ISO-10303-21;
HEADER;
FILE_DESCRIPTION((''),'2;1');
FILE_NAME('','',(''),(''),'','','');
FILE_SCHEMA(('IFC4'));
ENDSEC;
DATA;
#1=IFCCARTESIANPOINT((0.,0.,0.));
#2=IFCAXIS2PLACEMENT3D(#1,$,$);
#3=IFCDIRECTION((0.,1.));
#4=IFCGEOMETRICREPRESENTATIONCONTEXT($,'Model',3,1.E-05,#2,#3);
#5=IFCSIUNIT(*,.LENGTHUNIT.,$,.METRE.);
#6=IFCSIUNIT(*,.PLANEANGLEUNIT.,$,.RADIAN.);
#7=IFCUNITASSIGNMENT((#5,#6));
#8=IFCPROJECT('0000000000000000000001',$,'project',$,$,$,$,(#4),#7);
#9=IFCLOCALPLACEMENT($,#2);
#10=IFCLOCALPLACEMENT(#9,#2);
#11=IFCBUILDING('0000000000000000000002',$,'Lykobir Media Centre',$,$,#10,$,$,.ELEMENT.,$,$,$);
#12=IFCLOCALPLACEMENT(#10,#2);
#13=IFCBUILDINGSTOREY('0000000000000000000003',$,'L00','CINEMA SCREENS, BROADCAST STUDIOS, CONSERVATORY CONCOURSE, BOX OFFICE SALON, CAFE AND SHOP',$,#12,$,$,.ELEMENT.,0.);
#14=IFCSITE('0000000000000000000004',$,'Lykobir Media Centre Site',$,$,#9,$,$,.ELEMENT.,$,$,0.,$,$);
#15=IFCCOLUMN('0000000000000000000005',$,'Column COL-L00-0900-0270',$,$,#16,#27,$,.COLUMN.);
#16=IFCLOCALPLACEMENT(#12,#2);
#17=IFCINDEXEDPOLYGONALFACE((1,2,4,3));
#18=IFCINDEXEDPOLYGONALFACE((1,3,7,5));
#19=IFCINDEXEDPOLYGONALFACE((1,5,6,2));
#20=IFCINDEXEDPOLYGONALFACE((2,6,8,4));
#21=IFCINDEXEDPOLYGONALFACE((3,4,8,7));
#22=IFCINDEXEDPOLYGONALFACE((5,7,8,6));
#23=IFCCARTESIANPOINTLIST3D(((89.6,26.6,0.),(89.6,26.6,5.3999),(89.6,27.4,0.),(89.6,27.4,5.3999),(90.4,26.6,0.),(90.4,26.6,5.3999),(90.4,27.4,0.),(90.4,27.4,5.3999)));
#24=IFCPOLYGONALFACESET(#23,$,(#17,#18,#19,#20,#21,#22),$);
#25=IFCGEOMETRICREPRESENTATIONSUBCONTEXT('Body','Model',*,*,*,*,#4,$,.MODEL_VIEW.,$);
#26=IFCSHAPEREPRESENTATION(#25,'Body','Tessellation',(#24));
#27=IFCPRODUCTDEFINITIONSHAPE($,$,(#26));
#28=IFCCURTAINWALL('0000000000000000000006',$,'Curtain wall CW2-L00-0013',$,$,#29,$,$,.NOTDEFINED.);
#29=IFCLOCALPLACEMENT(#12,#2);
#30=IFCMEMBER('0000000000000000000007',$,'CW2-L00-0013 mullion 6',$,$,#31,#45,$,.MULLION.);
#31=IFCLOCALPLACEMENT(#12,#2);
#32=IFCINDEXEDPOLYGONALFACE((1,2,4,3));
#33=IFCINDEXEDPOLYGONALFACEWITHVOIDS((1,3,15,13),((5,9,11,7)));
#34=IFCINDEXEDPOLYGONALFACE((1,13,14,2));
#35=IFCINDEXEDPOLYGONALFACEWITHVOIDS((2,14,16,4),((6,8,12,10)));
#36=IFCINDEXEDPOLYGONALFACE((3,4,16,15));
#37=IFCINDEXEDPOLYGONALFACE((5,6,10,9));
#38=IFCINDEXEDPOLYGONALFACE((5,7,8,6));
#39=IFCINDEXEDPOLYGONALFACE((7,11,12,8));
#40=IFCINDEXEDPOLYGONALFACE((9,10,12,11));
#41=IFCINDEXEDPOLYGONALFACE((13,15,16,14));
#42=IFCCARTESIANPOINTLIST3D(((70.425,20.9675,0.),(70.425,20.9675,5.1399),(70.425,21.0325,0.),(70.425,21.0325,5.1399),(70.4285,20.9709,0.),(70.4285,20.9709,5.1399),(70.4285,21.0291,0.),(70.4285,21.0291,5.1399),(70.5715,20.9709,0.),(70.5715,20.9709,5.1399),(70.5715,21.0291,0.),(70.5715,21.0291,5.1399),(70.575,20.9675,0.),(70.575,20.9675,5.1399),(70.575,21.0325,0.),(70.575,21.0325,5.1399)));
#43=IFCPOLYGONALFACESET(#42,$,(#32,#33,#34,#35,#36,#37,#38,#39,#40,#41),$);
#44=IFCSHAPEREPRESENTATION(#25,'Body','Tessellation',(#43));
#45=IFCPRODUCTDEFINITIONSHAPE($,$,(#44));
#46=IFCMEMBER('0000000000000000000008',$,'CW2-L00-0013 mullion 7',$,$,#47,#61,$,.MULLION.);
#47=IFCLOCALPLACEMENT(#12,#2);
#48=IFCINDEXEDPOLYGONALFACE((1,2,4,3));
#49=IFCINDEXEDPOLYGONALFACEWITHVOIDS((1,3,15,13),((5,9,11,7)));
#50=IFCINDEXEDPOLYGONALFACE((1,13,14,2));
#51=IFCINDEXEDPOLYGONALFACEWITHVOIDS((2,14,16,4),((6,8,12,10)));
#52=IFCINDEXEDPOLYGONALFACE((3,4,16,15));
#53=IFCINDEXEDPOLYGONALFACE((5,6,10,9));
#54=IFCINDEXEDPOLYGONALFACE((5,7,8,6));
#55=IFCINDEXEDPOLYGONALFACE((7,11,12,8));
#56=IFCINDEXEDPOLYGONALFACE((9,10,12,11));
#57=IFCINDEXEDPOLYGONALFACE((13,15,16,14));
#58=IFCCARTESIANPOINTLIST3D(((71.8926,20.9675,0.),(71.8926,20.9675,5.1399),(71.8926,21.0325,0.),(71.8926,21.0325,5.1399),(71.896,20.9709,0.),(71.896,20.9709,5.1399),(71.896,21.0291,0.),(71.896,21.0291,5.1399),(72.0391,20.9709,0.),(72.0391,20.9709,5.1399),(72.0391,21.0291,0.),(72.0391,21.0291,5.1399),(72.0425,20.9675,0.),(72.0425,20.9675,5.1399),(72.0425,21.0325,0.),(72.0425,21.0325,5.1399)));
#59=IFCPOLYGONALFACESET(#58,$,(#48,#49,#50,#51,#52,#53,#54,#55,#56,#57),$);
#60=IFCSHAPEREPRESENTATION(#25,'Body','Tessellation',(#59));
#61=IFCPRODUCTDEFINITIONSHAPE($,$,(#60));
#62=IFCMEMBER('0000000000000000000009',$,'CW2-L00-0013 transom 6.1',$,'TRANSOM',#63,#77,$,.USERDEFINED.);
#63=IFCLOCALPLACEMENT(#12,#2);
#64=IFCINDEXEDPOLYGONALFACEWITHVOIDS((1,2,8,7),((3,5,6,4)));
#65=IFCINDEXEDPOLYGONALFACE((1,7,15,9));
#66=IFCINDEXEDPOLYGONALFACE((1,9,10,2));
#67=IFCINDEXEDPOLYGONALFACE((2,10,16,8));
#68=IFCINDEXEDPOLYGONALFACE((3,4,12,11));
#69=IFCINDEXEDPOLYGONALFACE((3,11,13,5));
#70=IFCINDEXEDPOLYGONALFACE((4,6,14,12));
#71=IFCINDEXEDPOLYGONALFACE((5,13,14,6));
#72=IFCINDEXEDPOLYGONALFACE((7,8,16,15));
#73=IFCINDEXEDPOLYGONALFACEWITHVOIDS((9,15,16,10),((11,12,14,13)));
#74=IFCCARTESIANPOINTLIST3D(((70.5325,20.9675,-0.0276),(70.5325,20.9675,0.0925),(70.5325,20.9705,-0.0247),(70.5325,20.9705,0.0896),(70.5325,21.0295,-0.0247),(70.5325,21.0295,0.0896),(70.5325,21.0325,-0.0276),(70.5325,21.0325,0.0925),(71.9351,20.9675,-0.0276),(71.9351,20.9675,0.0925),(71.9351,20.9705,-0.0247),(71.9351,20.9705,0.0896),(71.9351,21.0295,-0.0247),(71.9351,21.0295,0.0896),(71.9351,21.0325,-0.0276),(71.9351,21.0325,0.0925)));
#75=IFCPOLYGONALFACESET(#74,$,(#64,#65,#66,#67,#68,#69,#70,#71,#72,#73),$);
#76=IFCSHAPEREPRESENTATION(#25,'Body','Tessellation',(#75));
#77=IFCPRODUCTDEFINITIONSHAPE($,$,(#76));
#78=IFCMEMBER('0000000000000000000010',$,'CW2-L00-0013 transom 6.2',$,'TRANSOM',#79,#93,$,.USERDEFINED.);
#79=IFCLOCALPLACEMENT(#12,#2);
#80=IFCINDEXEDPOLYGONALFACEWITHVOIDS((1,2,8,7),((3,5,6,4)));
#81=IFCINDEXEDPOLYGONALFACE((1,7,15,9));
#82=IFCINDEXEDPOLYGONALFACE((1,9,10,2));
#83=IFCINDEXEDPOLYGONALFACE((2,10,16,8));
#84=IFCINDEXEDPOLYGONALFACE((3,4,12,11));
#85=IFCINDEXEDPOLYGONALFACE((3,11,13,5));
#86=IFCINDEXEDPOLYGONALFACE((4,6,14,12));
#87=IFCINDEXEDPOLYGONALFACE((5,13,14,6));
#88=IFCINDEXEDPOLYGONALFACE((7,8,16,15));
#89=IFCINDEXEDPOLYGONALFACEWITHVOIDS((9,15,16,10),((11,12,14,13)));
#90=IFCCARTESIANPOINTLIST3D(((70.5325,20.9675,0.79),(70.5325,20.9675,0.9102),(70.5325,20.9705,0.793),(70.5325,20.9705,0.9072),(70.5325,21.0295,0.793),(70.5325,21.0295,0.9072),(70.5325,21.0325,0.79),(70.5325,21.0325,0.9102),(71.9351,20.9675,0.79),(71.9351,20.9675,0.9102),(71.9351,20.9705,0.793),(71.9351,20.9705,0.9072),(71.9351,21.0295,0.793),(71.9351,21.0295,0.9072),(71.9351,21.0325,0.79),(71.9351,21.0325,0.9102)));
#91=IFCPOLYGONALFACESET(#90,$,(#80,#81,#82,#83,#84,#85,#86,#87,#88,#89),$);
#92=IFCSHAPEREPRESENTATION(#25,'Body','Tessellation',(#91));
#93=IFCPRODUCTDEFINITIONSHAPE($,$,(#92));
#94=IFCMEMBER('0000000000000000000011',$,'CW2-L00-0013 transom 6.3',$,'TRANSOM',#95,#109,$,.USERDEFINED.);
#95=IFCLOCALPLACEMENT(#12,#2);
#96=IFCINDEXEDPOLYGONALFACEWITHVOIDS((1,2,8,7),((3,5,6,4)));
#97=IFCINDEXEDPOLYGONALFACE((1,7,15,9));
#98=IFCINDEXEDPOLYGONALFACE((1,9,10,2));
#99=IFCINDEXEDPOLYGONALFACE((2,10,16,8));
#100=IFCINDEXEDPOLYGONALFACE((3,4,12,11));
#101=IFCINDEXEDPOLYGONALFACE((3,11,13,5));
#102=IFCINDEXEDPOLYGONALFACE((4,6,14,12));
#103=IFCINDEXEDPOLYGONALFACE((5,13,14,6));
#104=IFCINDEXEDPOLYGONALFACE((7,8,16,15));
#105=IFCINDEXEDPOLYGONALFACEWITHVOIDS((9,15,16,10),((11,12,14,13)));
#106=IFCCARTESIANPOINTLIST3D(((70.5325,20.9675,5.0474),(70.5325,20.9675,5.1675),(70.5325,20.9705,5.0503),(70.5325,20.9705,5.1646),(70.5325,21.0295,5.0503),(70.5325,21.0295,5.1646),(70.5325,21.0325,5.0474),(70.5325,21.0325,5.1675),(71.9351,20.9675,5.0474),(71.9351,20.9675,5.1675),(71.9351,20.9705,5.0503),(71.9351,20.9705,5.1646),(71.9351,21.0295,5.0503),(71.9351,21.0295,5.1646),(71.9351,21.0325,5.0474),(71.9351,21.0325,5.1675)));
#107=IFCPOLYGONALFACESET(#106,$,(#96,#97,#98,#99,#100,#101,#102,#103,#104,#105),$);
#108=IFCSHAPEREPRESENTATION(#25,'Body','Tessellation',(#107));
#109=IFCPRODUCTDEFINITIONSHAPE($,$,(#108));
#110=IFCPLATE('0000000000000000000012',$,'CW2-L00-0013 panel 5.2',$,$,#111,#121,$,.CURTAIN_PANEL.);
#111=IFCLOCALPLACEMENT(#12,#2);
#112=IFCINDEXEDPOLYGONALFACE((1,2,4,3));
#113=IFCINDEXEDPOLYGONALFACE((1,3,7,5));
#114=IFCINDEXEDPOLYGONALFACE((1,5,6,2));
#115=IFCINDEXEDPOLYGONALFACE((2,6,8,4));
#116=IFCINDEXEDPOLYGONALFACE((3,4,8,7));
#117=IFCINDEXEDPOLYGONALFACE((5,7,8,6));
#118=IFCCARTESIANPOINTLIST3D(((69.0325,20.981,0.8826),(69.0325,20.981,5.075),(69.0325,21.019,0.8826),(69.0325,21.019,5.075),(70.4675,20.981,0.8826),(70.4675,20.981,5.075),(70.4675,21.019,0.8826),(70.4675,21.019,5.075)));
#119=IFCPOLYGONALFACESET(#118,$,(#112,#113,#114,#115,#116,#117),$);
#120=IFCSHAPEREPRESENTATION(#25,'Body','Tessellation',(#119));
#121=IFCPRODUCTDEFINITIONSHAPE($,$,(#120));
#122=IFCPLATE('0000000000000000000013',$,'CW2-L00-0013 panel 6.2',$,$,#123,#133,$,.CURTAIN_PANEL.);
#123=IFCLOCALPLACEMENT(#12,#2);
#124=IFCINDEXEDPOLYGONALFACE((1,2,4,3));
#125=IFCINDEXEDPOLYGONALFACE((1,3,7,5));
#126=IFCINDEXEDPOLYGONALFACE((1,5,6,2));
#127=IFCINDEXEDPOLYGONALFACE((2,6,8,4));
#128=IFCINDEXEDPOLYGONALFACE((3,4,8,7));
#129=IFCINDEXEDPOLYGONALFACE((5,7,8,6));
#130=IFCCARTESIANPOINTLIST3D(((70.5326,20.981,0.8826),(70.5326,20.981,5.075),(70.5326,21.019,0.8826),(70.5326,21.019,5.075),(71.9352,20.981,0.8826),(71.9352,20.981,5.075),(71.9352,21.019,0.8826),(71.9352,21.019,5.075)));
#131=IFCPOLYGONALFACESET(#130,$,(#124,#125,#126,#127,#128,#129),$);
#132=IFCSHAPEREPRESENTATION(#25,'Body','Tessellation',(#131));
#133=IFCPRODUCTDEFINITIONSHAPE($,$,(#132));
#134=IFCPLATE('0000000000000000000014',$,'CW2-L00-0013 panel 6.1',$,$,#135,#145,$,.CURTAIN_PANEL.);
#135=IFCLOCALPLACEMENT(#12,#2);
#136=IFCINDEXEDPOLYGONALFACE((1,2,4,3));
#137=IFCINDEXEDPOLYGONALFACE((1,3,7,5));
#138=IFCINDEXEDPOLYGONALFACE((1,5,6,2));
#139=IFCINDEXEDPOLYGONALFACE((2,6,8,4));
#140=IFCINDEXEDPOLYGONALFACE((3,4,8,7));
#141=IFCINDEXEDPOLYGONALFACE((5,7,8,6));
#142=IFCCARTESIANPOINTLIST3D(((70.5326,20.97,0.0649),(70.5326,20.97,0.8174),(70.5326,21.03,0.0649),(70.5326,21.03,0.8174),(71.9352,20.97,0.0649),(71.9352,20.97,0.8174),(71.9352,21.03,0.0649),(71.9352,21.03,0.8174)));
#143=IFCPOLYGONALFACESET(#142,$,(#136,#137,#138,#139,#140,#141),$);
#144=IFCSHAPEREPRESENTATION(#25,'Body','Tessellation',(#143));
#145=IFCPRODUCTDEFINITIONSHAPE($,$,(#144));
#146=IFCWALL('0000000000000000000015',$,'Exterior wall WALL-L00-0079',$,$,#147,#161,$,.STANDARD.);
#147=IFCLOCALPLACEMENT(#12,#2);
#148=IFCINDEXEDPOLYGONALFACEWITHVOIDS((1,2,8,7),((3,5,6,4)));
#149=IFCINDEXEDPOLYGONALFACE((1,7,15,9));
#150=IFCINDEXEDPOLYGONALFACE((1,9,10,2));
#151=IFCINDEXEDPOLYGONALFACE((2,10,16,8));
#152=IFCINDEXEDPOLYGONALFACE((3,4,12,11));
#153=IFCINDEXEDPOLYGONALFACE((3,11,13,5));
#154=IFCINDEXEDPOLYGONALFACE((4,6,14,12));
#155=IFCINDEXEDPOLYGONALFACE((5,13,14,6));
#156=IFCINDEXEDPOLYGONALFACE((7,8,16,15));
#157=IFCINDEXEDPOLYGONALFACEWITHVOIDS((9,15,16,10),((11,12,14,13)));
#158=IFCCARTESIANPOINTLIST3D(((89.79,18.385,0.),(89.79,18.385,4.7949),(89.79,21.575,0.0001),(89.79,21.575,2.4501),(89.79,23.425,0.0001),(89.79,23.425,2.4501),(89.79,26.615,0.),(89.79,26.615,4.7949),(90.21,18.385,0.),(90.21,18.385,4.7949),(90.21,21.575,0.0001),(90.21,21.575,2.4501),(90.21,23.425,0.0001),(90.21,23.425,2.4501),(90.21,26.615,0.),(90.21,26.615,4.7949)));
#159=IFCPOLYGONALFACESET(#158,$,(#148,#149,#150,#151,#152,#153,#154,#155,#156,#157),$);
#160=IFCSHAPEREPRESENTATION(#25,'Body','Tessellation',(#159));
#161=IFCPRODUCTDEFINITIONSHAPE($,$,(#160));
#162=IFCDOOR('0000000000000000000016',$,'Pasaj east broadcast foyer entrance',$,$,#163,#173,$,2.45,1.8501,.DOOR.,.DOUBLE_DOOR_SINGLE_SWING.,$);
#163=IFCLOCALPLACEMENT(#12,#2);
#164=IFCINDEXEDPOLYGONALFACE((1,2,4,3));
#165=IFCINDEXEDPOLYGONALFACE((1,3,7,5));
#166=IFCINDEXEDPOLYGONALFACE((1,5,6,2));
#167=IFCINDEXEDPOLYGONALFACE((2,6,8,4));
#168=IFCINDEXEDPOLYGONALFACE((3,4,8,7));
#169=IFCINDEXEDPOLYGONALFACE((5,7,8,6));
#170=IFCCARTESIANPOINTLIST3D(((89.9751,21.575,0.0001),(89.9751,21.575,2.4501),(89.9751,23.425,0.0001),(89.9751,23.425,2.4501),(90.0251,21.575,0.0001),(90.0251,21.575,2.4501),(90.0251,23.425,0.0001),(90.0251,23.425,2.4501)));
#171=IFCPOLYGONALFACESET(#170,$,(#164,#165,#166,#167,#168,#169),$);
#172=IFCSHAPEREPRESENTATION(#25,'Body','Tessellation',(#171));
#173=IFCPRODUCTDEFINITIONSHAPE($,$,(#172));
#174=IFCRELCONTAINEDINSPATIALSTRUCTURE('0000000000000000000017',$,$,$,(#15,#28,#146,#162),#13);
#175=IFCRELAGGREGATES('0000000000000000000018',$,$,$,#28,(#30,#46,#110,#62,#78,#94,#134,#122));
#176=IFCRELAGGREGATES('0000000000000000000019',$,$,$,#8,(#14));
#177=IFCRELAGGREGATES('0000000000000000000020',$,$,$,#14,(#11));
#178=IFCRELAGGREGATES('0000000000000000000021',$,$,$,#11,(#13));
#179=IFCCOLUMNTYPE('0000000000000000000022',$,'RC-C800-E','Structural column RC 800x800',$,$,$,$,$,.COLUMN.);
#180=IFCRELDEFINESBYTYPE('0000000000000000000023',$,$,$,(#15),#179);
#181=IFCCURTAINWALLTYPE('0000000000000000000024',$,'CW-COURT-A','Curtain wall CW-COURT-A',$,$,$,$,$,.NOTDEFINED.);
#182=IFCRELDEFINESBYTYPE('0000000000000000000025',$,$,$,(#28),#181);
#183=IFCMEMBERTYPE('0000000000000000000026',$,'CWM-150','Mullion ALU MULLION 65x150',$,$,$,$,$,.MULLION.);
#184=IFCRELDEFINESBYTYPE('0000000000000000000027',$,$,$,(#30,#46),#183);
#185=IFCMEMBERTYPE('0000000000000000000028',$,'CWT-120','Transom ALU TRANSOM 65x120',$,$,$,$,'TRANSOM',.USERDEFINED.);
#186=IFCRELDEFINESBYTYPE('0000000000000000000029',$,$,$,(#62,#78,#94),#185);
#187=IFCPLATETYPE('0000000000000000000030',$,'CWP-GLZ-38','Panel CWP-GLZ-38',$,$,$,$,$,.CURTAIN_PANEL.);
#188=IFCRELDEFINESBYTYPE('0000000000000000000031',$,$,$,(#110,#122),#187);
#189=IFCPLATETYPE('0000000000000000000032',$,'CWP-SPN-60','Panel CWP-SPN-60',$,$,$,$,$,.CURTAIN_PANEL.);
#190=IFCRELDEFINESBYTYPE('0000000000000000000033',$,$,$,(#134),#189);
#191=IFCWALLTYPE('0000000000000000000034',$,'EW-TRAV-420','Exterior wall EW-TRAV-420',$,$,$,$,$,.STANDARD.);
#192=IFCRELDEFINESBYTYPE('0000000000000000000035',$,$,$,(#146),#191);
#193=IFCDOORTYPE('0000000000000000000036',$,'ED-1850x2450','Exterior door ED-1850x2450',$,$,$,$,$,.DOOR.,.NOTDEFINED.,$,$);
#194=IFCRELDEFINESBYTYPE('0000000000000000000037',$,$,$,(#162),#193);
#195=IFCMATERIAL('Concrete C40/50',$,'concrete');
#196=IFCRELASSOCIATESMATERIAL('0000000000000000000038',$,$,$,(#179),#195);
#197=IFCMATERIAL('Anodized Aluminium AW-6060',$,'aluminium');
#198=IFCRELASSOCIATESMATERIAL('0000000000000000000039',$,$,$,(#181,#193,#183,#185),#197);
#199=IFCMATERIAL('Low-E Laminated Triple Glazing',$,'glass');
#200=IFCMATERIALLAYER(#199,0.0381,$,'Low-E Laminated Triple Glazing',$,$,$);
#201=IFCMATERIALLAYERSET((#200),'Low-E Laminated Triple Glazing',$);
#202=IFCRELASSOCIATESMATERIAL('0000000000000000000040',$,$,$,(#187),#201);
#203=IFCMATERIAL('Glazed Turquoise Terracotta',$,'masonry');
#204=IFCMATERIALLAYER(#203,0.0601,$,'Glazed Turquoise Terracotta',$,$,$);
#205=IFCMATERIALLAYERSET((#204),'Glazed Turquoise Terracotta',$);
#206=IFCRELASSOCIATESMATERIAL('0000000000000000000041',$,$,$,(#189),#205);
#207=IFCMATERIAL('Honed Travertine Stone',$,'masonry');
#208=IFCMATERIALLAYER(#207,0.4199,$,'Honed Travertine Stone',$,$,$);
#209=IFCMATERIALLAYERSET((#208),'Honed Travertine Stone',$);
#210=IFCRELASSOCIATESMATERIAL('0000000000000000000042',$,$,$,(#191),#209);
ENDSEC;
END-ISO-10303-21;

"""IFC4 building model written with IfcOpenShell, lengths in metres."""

from ifc_helpers import new_model, si_unit, direction, frame, frame_2d, origin, origin_2d, place, context, subcontext, project, spatial, rectangle, hollow_rectangle, extrude, material, layer, layer_set, material_profile, profile_set, type_object, element, fill, aggregate, save


model = new_model("IFC4")

# Units and contexts
model_context = context("Model", 3, precision=1e-05, world=origin(), true_north=direction((0.0, 1.0)))
body_context = subcontext(model_context, "Body", "Model", "MODEL_VIEW")
ifc_project = project(units=[si_unit("LENGTHUNIT", "METRE"), si_unit("PLANEANGLEUNIT", "RADIAN")], contexts=[model_context])

# Site, building, storey
site_placement = place(None, origin())
site = spatial("IfcSite", under=ifc_project, at=site_placement, Name="Lykobir Media Centre Site", CompositionType="ELEMENT", RefElevation=0.0)
building_placement = place(site_placement, origin())
building = spatial("IfcBuilding", under=site, at=building_placement, Name="Lykobir Media Centre", CompositionType="ELEMENT")
storey_placement = place(building_placement, origin())
storey = spatial("IfcBuildingStorey", under=building, at=storey_placement, Name="L00", Description="CINEMA SCREENS, BROADCAST STUDIOS, CONSERVATORY CONCOURSE, BOX OFFICE SALON, CAFE AND SHOP", CompositionType="ELEMENT", Elevation=0.0)

# Column
ifc_material_1 = material(Name="Concrete C40/50", Category="concrete")
ifc_material_profile_1 = material_profile(ifc_material_1, rectangle(XDim=0.8, YDim=0.8, at=origin_2d()), Name="RC 800x800")
ifc_profile_set_1 = profile_set([ifc_material_profile_1], Name="Concrete C40/50")
column_type = type_object("IfcColumnType", Name="RC-C800-E", Description="Structural column RC 800x800", PredefinedType="COLUMN", material=ifc_profile_set_1)
column_placement = place(storey_placement, frame((90.0, 27.0, 0.0), z_axis=(0.0, 0.0, 1.0), x_axis=(1.0, 0.0, 0.0)))
element("IfcColumn", 1, at=column_placement, inside=storey, type_object=column_type, Name="Column COL-L00-0900-0270", PredefinedType="COLUMN", context=body_context, shape_type="SweptSolid", body=[
    extrude(rectangle(XDim=0.8, YDim=0.8, at=origin_2d()), origin(), (0.0, 0.0, 1.0), 5.3999),
])

# Curtain wall, members, plates
ifc_material_2 = material(Name="Anodized Aluminium AW-6060", Category="aluminium")
curtain_wall_type = type_object("IfcCurtainWallType", Name="CW-COURT-A", Description="Curtain wall CW-COURT-A", PredefinedType="NOTDEFINED", material=ifc_material_2)
curtain_wall_placement = place(storey_placement, origin())
curtain_wall = element("IfcCurtainWall", 2, at=curtain_wall_placement, inside=storey, type_object=curtain_wall_type, Name="Curtain wall CW2-L00-0013", PredefinedType="NOTDEFINED")
ifc_material_profile_2 = material_profile(ifc_material_2, hollow_rectangle(XDim=0.0649, YDim=0.1499, WallThickness=0.0034, at=origin_2d()), Name="ALU MULLION 65x150")
ifc_profile_set_2 = profile_set([ifc_material_profile_2], Name="Anodized Aluminium AW-6060")
member_type_1 = type_object("IfcMemberType", Name="CWM-150", Description="Mullion ALU MULLION 65x150", PredefinedType="MULLION", material=ifc_profile_set_2)
member_1_placement = place(storey_placement, frame((70.5, 21.0, 0.0), z_axis=(0.0, 0.0, 1.0), x_axis=(0.0, 1.0, 0.0)))
member_1 = element("IfcMember", 3, at=member_1_placement, type_object=member_type_1, Name="CW2-L00-0013 mullion 6", PredefinedType="MULLION", context=body_context, shape_type="SweptSolid", body=[
    extrude(hollow_rectangle(XDim=0.0649, YDim=0.1499, WallThickness=0.0034, at=origin_2d()), origin(), (0.0, 0.0, 1.0), 5.1399),
])
member_2_placement = place(storey_placement, frame((71.9675, 21.0, 0.0), z_axis=(0.0, 0.0, 1.0), x_axis=(0.0, 1.0, 0.0)))
member_2 = element("IfcMember", 4, at=member_2_placement, type_object=member_type_1, Name="CW2-L00-0013 mullion 7", PredefinedType="MULLION", context=body_context, shape_type="SweptSolid", body=[
    extrude(hollow_rectangle(XDim=0.0649, YDim=0.1499, WallThickness=0.0034, at=origin_2d()), origin(), (0.0, 0.0, 1.0), 5.1399),
])
ifc_material_profile_3 = material_profile(ifc_material_2, hollow_rectangle(XDim=0.0649, YDim=0.1201, WallThickness=0.0029, at=origin_2d()), Name="ALU TRANSOM 65x120")
ifc_profile_set_3 = profile_set([ifc_material_profile_3], Name="Anodized Aluminium AW-6060")
member_type_2 = type_object("IfcMemberType", Name="CWT-120", Description="Transom ALU TRANSOM 65x120", ElementType="TRANSOM", PredefinedType="USERDEFINED", material=ifc_profile_set_3)
member_3_placement = place(storey_placement, frame((70.5325, 21.0, 0.0325), z_axis=(1.0, 0.0, 0.0), x_axis=(0.0, 1.0, 0.0)))
member_3 = element("IfcMember", 5, at=member_3_placement, type_object=member_type_2, Name="CW2-L00-0013 transom 6.1", ObjectType="TRANSOM", PredefinedType="USERDEFINED", context=body_context, shape_type="SweptSolid", body=[
    extrude(hollow_rectangle(XDim=0.0649, YDim=0.1201, WallThickness=0.0029, at=origin_2d()), origin(), (0.0, 0.0, 1.0), 1.4026),
])
member_4_placement = place(storey_placement, frame((70.5325, 21.0, 0.8501), z_axis=(1.0, 0.0, 0.0), x_axis=(0.0, 1.0, 0.0)))
member_4 = element("IfcMember", 6, at=member_4_placement, type_object=member_type_2, Name="CW2-L00-0013 transom 6.2", ObjectType="TRANSOM", PredefinedType="USERDEFINED", context=body_context, shape_type="SweptSolid", body=[
    extrude(hollow_rectangle(XDim=0.0649, YDim=0.1201, WallThickness=0.0029, at=origin_2d()), origin(), (0.0, 0.0, 1.0), 1.4026),
])
member_5_placement = place(storey_placement, frame((70.5325, 21.0, 5.1074), z_axis=(1.0, 0.0, 0.0), x_axis=(0.0, 1.0, 0.0)))
member_5 = element("IfcMember", 7, at=member_5_placement, type_object=member_type_2, Name="CW2-L00-0013 transom 6.3", ObjectType="TRANSOM", PredefinedType="USERDEFINED", context=body_context, shape_type="SweptSolid", body=[
    extrude(hollow_rectangle(XDim=0.0649, YDim=0.1201, WallThickness=0.0029, at=origin_2d()), origin(), (0.0, 0.0, 1.0), 1.4026),
])
ifc_material_3 = material(Name="Low-E Laminated Triple Glazing", Category="glass")
ifc_layer_1 = layer(ifc_material_3, 0.0381, Name="Low-E Laminated Triple Glazing")
ifc_layer_set_1 = layer_set([ifc_layer_1], Name="Low-E Laminated Triple Glazing")
plate_type_1 = type_object("IfcPlateType", Name="CWP-GLZ-38", Description="Panel CWP-GLZ-38", PredefinedType="CURTAIN_PANEL", material=ifc_layer_set_1)
plate_1_placement = place(storey_placement, frame((69.75, 21.0, 0.8826), z_axis=(0.0, 0.0, 1.0), x_axis=(1.0, 0.0, 0.0)))
plate_1 = element("IfcPlate", 8, at=plate_1_placement, type_object=plate_type_1, Name="CW2-L00-0013 panel 5.2", PredefinedType="CURTAIN_PANEL", context=body_context, shape_type="SweptSolid", body=[
    extrude(rectangle(XDim=1.4351, YDim=0.0381, at=origin_2d()), origin(), (0.0, 0.0, 1.0), 4.1924),
])
plate_2_placement = place(storey_placement, frame((71.2339, 21.0, 0.8826), z_axis=(0.0, 0.0, 1.0), x_axis=(1.0, 0.0, 0.0)))
plate_2 = element("IfcPlate", 9, at=plate_2_placement, type_object=plate_type_1, Name="CW2-L00-0013 panel 6.2", PredefinedType="CURTAIN_PANEL", context=body_context, shape_type="SweptSolid", body=[
    extrude(rectangle(XDim=1.4026, YDim=0.0381, at=origin_2d()), origin(), (0.0, 0.0, 1.0), 4.1924),
])
ifc_material_4 = material(Name="Glazed Turquoise Terracotta", Category="masonry")
ifc_layer_2 = layer(ifc_material_4, 0.0601, Name="Glazed Turquoise Terracotta")
ifc_layer_set_2 = layer_set([ifc_layer_2], Name="Glazed Turquoise Terracotta")
plate_type_2 = type_object("IfcPlateType", Name="CWP-SPN-60", Description="Panel CWP-SPN-60", PredefinedType="CURTAIN_PANEL", material=ifc_layer_set_2)
plate_3_placement = place(storey_placement, frame((71.2339, 21.0, 0.0649), z_axis=(0.0, 0.0, 1.0), x_axis=(1.0, 0.0, 0.0)))
plate_3 = element("IfcPlate", 10, at=plate_3_placement, type_object=plate_type_2, Name="CW2-L00-0013 panel 6.1", PredefinedType="CURTAIN_PANEL", context=body_context, shape_type="SweptSolid", body=[
    extrude(rectangle(XDim=1.4026, YDim=0.0601, at=origin_2d()), origin(), (0.0, 0.0, 1.0), 0.7524),
])
aggregate(curtain_wall, [member_1, member_2, plate_1, member_3, member_4, member_5, plate_3, plate_2])

# Wall, opening, door
ifc_material_5 = material(Name="Honed Travertine Stone", Category="masonry")
ifc_layer_3 = layer(ifc_material_5, 0.4199, Name="Honed Travertine Stone")
ifc_layer_set_3 = layer_set([ifc_layer_3], Name="Honed Travertine Stone")
wall_type = type_object("IfcWallType", Name="EW-TRAV-420", Description="Exterior wall EW-TRAV-420", PredefinedType="STANDARD", material=ifc_layer_set_3)
wall_1_placement = place(storey_placement, frame((90.0, 26.615, 0.0), z_axis=(0.0, 0.0, 1.0), x_axis=(0.0, -1.0, 0.0)))
wall_1 = element("IfcWall", 11, at=wall_1_placement, inside=storey, type_object=wall_type, Name="Exterior wall WALL-L00-0079", PredefinedType="STANDARD", context=body_context, shape_type="SweptSolid", body=[
    extrude(rectangle(XDim=8.23, YDim=0.4199, at=frame_2d((4.115, 0.0))), origin(), (0.0, 0.0, 1.0), 4.7949),
])
opening_1_placement = place(wall_1_placement, frame((3.1899, 0.0, 0.0)))
opening_1 = element("IfcOpeningElement", 12, at=opening_1_placement, cuts=wall_1, PredefinedType="OPENING", context=body_context, shape_type="SweptSolid", body=[
    extrude(rectangle(XDim=1.8501, YDim=2.45, at=frame_2d((0.925, 1.2251))), frame((0.0, 0.22, 0.0), z_axis=(0.0, -1.0, 0.0), x_axis=(1.0, 0.0, 0.0)), (0.0, 0.0, 1.0), 0.4399),
])
door_type = type_object("IfcDoorType", Name="ED-1850x2450", Description="Exterior door ED-1850x2450", OperationType="NOTDEFINED", PredefinedType="DOOR", material=ifc_material_2)
door_placement = place(opening_1_placement, frame((1.8501, 0.0, 0.0), z_axis=(0.0, 0.0, 1.0), x_axis=(-1.0, 0.0, 0.0)))
door = element("IfcDoor", 13, at=door_placement, inside=storey, type_object=door_type, Name="Pasaj east broadcast foyer entrance", OperationType="DOUBLE_DOOR_SINGLE_SWING", OverallHeight=2.45, OverallWidth=1.8501, PredefinedType="DOOR", context=body_context, shape_type="SweptSolid", body=[
    extrude(rectangle(XDim=1.8501, YDim=2.45, at=frame_2d((0.925, 1.2251))), frame((0.0, 0.0249, 0.0), z_axis=(0.0, -1.0, 0.0), x_axis=(1.0, 0.0, 0.0)), (0.0, 0.0, 1.0), 0.05),
])
fill(opening_1, door)

save(model, "model.ifc")
